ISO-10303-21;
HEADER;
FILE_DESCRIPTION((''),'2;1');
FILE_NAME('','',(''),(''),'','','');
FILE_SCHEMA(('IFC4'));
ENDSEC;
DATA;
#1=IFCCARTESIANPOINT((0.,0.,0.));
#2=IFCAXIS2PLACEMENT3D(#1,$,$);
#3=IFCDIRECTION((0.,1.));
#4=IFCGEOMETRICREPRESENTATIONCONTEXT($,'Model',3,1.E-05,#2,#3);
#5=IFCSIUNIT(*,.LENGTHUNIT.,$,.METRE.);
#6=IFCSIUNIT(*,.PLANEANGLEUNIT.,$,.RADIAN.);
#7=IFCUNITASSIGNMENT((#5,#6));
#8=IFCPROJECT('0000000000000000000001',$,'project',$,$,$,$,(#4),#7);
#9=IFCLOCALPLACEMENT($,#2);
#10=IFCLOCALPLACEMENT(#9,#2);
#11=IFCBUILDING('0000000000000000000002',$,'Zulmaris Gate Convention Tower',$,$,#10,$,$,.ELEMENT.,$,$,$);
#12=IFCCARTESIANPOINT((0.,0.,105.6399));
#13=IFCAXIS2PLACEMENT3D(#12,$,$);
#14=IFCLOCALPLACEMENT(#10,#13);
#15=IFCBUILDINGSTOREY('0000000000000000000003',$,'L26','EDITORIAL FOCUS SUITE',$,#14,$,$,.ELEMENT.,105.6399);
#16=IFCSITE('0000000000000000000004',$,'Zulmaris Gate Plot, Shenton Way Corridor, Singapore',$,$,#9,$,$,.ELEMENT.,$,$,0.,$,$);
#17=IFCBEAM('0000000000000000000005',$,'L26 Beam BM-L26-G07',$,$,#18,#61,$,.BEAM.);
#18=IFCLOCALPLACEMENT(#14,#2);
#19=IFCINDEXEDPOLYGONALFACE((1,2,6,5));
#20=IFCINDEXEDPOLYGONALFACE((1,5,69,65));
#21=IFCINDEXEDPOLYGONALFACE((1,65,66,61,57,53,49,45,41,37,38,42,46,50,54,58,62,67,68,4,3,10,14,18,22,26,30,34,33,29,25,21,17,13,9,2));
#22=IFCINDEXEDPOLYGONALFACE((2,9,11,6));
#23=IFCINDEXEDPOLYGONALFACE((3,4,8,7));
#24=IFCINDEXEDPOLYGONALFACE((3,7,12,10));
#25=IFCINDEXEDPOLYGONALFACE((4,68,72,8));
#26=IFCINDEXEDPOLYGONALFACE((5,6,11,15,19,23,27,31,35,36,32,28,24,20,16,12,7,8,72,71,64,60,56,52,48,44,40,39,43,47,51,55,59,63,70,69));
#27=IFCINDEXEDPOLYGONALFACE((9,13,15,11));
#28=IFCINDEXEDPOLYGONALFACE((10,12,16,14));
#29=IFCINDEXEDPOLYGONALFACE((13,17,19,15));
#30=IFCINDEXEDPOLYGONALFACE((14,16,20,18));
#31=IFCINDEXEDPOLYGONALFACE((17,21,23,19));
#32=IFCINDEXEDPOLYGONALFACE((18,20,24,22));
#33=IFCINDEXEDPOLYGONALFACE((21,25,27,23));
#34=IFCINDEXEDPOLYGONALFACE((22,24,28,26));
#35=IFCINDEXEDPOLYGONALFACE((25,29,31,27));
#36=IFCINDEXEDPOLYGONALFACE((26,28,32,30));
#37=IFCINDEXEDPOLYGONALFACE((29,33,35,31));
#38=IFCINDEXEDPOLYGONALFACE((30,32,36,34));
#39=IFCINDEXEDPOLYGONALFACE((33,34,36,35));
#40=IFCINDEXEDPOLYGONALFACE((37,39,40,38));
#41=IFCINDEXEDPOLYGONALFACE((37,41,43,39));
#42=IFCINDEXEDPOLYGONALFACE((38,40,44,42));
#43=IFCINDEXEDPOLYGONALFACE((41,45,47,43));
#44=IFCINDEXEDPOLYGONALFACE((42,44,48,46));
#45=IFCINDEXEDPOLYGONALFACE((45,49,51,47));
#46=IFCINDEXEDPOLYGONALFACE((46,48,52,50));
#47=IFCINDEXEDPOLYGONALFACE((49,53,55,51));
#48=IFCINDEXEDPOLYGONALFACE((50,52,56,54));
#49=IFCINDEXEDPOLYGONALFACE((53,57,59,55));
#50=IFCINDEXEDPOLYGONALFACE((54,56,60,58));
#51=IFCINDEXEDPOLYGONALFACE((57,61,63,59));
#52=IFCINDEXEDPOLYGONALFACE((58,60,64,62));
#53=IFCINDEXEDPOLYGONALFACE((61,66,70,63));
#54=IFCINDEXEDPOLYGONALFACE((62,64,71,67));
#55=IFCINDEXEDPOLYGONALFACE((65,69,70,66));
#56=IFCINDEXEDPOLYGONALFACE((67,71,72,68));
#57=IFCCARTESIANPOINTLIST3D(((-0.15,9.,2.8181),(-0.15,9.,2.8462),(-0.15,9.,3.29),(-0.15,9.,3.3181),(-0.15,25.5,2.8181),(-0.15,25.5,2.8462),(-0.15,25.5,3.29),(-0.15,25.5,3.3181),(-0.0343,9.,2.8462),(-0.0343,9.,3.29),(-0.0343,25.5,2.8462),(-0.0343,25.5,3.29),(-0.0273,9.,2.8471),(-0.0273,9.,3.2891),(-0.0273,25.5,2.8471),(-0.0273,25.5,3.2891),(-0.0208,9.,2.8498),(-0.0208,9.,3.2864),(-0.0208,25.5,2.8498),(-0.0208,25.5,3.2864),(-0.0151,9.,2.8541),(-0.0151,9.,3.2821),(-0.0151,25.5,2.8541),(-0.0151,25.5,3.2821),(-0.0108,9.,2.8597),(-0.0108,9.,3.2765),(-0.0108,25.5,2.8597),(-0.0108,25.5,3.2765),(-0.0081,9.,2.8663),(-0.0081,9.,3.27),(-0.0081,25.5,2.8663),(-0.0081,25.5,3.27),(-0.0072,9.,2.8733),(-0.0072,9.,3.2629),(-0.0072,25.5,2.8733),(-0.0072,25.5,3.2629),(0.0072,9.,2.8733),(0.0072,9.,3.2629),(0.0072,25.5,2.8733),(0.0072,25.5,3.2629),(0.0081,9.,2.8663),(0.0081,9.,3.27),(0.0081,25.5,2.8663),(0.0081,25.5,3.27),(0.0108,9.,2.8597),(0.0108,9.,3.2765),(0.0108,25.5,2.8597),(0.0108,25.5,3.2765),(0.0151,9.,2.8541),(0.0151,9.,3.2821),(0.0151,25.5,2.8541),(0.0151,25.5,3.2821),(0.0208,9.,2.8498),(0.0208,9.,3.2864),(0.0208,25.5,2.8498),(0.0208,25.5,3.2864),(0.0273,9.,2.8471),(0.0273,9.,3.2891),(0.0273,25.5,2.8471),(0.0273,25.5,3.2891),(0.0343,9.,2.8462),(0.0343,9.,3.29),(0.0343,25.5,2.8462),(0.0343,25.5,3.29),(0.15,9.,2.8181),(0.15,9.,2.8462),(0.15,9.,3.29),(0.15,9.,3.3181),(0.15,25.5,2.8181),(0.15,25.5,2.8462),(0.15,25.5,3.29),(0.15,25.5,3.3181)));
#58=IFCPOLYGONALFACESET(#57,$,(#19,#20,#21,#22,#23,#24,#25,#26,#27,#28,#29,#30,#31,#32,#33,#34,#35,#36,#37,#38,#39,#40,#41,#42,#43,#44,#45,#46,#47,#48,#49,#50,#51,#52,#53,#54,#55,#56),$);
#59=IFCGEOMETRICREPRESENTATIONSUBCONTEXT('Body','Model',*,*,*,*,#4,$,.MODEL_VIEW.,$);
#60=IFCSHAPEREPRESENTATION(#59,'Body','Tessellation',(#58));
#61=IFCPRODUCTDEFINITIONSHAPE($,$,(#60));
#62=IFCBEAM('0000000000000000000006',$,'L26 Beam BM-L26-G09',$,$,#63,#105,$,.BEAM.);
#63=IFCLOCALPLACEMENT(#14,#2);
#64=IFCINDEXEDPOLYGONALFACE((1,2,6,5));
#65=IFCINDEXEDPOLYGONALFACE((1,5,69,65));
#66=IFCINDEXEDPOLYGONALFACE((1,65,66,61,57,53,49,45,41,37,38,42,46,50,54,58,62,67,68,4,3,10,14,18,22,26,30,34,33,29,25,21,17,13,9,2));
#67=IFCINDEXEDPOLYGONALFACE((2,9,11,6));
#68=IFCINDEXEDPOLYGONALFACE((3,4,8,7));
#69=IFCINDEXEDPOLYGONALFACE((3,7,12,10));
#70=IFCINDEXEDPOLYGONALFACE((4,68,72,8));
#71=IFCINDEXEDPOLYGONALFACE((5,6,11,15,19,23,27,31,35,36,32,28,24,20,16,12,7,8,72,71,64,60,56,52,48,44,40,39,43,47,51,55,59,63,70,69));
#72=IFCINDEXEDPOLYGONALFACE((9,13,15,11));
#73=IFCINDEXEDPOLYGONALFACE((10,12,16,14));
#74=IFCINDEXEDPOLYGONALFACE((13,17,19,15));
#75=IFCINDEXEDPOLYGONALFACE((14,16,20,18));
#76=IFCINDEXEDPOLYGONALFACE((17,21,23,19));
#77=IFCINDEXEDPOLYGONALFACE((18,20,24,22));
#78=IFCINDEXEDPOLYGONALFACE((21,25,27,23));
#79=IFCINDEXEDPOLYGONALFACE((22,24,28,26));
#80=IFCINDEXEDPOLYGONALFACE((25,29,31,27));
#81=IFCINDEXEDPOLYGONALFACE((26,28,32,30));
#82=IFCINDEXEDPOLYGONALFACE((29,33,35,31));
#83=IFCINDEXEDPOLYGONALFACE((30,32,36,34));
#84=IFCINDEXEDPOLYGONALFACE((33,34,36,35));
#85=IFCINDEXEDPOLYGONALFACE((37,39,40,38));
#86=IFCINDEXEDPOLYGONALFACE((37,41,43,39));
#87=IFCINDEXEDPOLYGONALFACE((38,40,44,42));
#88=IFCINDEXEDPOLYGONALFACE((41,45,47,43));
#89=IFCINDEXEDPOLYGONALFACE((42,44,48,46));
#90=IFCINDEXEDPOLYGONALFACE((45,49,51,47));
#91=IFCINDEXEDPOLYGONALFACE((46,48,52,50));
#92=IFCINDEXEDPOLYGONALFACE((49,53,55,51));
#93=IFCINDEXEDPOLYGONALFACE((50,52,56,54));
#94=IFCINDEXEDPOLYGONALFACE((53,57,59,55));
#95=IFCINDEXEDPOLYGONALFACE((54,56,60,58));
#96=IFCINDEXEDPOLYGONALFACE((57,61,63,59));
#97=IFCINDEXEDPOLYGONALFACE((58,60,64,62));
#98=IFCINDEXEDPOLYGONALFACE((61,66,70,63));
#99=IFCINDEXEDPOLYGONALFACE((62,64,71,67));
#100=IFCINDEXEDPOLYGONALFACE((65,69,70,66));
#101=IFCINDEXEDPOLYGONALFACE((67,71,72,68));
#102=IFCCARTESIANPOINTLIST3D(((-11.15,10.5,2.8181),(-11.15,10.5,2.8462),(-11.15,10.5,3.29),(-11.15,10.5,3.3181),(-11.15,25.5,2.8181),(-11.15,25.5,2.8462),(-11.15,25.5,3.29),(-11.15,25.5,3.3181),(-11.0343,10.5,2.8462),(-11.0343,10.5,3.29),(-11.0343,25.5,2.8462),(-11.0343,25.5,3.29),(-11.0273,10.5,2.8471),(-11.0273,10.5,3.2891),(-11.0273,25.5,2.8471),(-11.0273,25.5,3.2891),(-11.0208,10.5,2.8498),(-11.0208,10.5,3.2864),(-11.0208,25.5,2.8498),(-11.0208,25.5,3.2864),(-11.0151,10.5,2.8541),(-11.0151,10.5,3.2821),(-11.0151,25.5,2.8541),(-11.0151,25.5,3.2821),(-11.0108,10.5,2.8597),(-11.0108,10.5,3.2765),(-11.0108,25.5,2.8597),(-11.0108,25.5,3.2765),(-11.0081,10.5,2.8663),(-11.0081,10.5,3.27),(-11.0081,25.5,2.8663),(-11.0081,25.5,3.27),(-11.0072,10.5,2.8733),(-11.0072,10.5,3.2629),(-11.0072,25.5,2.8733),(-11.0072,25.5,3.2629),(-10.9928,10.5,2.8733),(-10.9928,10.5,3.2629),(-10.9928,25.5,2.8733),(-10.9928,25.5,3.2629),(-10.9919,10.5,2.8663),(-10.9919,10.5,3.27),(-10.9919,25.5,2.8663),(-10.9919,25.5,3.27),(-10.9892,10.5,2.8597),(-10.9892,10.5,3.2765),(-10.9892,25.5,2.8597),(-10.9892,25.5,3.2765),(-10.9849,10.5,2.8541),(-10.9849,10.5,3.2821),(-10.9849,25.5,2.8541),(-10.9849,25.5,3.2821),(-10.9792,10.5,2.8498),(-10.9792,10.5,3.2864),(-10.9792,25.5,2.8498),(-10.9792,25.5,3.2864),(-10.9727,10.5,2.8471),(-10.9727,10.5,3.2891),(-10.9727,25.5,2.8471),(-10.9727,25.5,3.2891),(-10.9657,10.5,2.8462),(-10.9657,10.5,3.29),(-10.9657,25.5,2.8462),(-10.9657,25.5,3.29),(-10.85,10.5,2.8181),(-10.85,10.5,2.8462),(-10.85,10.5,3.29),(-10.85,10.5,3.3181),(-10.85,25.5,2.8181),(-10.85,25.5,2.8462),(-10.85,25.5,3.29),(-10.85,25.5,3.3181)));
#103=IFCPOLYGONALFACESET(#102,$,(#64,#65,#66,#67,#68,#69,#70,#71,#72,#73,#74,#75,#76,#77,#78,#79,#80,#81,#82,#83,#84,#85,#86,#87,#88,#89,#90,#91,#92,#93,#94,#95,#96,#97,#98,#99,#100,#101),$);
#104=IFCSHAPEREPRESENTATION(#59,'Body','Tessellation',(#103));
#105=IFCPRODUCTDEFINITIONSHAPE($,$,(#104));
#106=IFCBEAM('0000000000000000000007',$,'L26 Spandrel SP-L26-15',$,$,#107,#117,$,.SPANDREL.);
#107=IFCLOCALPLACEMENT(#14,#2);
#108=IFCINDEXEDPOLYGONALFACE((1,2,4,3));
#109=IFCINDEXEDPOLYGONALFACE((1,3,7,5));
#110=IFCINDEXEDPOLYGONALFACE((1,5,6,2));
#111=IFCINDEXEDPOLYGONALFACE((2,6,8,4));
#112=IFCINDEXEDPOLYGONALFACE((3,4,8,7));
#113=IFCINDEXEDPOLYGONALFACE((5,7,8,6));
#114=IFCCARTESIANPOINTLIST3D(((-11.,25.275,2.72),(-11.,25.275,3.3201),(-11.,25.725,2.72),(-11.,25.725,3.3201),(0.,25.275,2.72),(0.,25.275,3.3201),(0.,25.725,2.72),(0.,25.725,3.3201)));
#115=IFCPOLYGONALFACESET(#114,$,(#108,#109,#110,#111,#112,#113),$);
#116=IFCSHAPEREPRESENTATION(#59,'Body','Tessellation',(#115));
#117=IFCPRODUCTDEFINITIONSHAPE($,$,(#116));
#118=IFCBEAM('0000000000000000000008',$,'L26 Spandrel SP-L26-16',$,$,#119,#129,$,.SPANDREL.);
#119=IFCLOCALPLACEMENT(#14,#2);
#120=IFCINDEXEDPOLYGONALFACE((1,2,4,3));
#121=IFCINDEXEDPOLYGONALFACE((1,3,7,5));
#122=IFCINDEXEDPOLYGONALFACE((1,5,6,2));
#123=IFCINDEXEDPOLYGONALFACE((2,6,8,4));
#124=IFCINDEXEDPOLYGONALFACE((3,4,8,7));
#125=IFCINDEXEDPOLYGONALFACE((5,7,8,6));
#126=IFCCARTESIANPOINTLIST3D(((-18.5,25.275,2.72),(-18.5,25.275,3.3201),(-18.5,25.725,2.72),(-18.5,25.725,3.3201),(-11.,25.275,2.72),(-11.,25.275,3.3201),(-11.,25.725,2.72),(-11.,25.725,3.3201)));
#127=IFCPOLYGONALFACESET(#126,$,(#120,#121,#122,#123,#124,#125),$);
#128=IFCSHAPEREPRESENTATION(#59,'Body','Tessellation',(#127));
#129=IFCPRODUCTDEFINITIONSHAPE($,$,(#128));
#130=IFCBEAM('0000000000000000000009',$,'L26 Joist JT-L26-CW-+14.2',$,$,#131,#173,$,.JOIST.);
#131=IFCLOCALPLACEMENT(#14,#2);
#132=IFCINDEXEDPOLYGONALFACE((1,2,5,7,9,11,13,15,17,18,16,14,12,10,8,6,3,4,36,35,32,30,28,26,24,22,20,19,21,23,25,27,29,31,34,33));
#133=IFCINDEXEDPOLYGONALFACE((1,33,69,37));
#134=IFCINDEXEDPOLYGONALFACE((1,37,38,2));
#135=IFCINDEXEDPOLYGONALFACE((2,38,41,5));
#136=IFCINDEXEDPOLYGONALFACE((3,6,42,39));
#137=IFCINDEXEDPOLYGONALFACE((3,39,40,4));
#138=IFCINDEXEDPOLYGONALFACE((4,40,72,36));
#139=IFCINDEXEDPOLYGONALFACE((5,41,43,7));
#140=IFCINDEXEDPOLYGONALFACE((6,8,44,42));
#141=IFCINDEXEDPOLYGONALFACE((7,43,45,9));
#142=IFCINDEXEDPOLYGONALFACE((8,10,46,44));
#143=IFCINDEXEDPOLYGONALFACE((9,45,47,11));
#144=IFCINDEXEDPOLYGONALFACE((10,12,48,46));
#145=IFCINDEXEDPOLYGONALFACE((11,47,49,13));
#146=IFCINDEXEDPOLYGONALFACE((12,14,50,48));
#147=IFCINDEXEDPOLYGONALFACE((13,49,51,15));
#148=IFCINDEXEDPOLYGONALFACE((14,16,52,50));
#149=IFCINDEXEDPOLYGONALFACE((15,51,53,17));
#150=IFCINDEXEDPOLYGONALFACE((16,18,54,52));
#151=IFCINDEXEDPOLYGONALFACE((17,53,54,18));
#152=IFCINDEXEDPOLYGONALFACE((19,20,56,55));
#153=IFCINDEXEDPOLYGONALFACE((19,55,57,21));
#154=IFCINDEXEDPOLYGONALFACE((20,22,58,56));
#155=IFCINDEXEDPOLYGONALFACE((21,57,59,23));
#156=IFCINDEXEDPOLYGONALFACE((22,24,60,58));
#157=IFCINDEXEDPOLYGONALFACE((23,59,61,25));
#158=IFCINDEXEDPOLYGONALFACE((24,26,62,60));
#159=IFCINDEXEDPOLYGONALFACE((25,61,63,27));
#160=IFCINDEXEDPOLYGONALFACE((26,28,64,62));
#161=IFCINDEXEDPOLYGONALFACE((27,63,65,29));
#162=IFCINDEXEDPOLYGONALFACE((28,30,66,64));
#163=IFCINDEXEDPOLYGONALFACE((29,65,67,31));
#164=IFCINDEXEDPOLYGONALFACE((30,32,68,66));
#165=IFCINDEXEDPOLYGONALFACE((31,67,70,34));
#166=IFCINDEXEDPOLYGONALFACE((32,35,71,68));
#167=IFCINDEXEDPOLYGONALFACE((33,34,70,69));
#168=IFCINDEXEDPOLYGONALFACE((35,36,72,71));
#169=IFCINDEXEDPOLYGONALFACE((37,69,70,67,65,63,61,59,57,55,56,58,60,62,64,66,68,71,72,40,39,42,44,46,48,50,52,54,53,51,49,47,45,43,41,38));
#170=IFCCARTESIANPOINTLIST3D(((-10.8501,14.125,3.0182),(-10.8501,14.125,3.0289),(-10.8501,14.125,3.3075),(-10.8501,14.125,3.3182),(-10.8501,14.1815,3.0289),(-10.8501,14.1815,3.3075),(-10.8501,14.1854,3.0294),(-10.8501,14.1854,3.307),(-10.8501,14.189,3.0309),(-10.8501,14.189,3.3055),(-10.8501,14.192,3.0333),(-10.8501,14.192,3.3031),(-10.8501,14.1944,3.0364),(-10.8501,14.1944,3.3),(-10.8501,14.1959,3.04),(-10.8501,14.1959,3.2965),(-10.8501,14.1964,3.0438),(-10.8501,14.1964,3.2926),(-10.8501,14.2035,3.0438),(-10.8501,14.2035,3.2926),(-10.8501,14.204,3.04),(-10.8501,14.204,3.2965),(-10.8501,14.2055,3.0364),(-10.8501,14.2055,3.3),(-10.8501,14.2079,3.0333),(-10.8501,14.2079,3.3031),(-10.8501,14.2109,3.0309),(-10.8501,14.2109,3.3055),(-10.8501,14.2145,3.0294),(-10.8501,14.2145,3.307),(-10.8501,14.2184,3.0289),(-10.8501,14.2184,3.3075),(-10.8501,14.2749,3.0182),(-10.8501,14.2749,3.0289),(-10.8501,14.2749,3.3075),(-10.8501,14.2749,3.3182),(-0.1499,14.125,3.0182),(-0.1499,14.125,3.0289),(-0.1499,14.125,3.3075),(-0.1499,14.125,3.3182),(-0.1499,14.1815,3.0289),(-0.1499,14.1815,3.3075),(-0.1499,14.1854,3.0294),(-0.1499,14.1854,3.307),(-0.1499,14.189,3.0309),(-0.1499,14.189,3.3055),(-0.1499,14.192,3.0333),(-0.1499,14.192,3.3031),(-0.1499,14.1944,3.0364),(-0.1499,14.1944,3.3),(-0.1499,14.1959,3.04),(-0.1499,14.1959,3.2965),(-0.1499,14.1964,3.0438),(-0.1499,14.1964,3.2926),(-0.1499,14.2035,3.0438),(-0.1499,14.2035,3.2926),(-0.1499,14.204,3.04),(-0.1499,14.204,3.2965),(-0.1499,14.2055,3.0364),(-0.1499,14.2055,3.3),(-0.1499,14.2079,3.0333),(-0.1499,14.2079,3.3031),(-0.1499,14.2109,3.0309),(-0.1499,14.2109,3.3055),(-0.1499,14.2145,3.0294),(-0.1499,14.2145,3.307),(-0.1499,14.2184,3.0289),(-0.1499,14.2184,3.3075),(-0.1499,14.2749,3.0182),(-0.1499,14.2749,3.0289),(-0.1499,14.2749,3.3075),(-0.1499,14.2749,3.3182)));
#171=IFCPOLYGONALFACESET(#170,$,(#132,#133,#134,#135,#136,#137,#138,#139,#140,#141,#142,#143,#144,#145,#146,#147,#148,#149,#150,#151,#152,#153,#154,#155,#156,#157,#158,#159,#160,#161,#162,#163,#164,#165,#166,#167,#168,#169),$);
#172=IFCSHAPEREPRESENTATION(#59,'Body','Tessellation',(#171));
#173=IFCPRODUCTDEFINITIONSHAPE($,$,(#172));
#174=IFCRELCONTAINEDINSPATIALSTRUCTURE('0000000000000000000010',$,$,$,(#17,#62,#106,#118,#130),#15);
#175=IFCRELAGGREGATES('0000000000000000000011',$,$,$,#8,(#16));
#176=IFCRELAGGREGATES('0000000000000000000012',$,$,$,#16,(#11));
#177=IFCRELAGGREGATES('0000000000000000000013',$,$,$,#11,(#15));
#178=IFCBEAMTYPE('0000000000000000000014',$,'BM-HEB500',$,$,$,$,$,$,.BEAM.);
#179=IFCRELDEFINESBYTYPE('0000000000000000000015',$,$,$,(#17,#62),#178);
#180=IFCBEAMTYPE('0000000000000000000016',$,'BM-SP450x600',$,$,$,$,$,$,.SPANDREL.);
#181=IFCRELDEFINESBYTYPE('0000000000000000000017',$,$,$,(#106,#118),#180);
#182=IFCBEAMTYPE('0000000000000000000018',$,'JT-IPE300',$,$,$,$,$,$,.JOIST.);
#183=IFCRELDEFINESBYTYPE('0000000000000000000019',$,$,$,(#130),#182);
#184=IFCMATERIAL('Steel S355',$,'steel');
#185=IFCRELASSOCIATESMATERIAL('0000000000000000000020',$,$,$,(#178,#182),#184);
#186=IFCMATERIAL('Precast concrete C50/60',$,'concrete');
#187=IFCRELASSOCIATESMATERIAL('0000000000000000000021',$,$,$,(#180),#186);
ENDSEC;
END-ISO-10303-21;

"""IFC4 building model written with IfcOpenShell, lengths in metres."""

from ifc_helpers import new_model, si_unit, direction, frame, origin, origin_2d, place, context, subcontext, project, spatial, rectangle, i_section, extrude, material, material_profile, profile_set, type_object, element, save


model = new_model("IFC4")

# Units and contexts
model_context = context("Model", 3, precision=1e-05, world=origin(), true_north=direction((0.0, 1.0)))
body_context = subcontext(model_context, "Body", "Model", "MODEL_VIEW")
ifc_project = project(units=[si_unit("LENGTHUNIT", "METRE"), si_unit("PLANEANGLEUNIT", "RADIAN")], contexts=[model_context])

# Site, building, storey
site_placement = place(None, origin())
site = spatial("IfcSite", under=ifc_project, at=site_placement, Name="Zulmaris Gate Plot, Shenton Way Corridor, Singapore", CompositionType="ELEMENT", RefElevation=0.0)
building_placement = place(site_placement, origin())
building = spatial("IfcBuilding", under=site, at=building_placement, Name="Zulmaris Gate Convention Tower", CompositionType="ELEMENT")
storey_placement = place(building_placement, frame((0.0, 0.0, 105.6399)))
storey = spatial("IfcBuildingStorey", under=building, at=storey_placement, Name="L26", Description="EDITORIAL FOCUS SUITE", CompositionType="ELEMENT", Elevation=105.6399)

# Beams
ifc_material_1 = material(Name="Steel S355", Category="steel")
ifc_material_profile_1 = material_profile(ifc_material_1, i_section(OverallWidth=0.3, OverallDepth=0.5, WebThickness=0.0144, FlangeThickness=0.0281, FilletRadius=0.0271, at=origin_2d()), Name="HEB 500")
ifc_profile_set_1 = profile_set([ifc_material_profile_1], Name="Steel S355")
beam_type_1 = type_object("IfcBeamType", Name="BM-HEB500", PredefinedType="BEAM", material=ifc_profile_set_1)
beam_1_placement = place(storey_placement, frame((0.0, 9.0, 3.0681), z_axis=(0.0, 1.0, 0.0), x_axis=(-1.0, 0.0, 0.0)))
element("IfcBeam", 1, at=beam_1_placement, inside=storey, type_object=beam_type_1, Name="L26 Beam BM-L26-G07", PredefinedType="BEAM", context=body_context, shape_type="SweptSolid", body=[
    extrude(i_section(OverallWidth=0.3, OverallDepth=0.5, WebThickness=0.0144, FlangeThickness=0.0281, FilletRadius=0.0271, at=origin_2d()), origin(), (0.0, 0.0, 1.0), 16.5),
])
beam_2_placement = place(storey_placement, frame((-11.0, 10.5, 3.0681), z_axis=(0.0, 1.0, 0.0), x_axis=(-1.0, 0.0, 0.0)))
element("IfcBeam", 2, at=beam_2_placement, inside=storey, type_object=beam_type_1, Name="L26 Beam BM-L26-G09", PredefinedType="BEAM", context=body_context, shape_type="SweptSolid", body=[
    extrude(i_section(OverallWidth=0.3, OverallDepth=0.5, WebThickness=0.0144, FlangeThickness=0.0281, FilletRadius=0.0271, at=origin_2d()), origin(), (0.0, 0.0, 1.0), 15.0),
])
ifc_material_2 = material(Name="Precast concrete C50/60", Category="concrete")
ifc_material_profile_2 = material_profile(ifc_material_2, rectangle(XDim=0.45, YDim=0.6001, at=origin_2d()), Name="RC SPANDREL 450x600")
ifc_profile_set_2 = profile_set([ifc_material_profile_2], Name="Precast concrete C50/60")
beam_type_2 = type_object("IfcBeamType", Name="BM-SP450x600", PredefinedType="SPANDREL", material=ifc_profile_set_2)
beam_3_placement = place(storey_placement, frame((0.0, 25.5, 3.02), z_axis=(-1.0, 0.0, 0.0), x_axis=(0.0, -1.0, 0.0)))
element("IfcBeam", 3, at=beam_3_placement, inside=storey, type_object=beam_type_2, Name="L26 Spandrel SP-L26-15", PredefinedType="SPANDREL", context=body_context, shape_type="SweptSolid", body=[
    extrude(rectangle(XDim=0.45, YDim=0.6001, at=origin_2d()), origin(), (0.0, 0.0, 1.0), 11.0),
])
beam_4_placement = place(storey_placement, frame((-11.0, 25.5, 3.02), z_axis=(-1.0, 0.0, 0.0), x_axis=(0.0, -1.0, 0.0)))
element("IfcBeam", 4, at=beam_4_placement, inside=storey, type_object=beam_type_2, Name="L26 Spandrel SP-L26-16", PredefinedType="SPANDREL", context=body_context, shape_type="SweptSolid", body=[
    extrude(rectangle(XDim=0.45, YDim=0.6001, at=origin_2d()), origin(), (0.0, 0.0, 1.0), 7.5),
])
ifc_material_profile_3 = material_profile(ifc_material_1, i_section(OverallWidth=0.1499, OverallDepth=0.3, WebThickness=0.0071, FlangeThickness=0.0107, FilletRadius=0.0149, at=origin_2d()), Name="IPE 300")
ifc_profile_set_3 = profile_set([ifc_material_profile_3], Name="Steel S355")
beam_type_3 = type_object("IfcBeamType", Name="JT-IPE300", PredefinedType="JOIST", material=ifc_profile_set_3)
for number, where, z_axis, x_axis, name in (
    (5, (-10.8501, 14.2, 3.1682), (1.0, 0.0, 0.0), (0.0, 1.0, 0.0), "L26 Joist JT-L26-CW-+14.2"),
):
    element("IfcBeam", number, at=place(storey_placement, frame(where, z_axis=z_axis, x_axis=x_axis)), inside=storey, type_object=beam_type_3, Name=name, PredefinedType="JOIST", context=body_context, shape_type="SweptSolid", body=[
        extrude(i_section(OverallWidth=0.1499, OverallDepth=0.3, WebThickness=0.0071, FlangeThickness=0.0107, FilletRadius=0.0149, at=origin_2d()), origin(), (0.0, 0.0, 1.0), 10.7002),
    ])

save(model, "model.ifc")
